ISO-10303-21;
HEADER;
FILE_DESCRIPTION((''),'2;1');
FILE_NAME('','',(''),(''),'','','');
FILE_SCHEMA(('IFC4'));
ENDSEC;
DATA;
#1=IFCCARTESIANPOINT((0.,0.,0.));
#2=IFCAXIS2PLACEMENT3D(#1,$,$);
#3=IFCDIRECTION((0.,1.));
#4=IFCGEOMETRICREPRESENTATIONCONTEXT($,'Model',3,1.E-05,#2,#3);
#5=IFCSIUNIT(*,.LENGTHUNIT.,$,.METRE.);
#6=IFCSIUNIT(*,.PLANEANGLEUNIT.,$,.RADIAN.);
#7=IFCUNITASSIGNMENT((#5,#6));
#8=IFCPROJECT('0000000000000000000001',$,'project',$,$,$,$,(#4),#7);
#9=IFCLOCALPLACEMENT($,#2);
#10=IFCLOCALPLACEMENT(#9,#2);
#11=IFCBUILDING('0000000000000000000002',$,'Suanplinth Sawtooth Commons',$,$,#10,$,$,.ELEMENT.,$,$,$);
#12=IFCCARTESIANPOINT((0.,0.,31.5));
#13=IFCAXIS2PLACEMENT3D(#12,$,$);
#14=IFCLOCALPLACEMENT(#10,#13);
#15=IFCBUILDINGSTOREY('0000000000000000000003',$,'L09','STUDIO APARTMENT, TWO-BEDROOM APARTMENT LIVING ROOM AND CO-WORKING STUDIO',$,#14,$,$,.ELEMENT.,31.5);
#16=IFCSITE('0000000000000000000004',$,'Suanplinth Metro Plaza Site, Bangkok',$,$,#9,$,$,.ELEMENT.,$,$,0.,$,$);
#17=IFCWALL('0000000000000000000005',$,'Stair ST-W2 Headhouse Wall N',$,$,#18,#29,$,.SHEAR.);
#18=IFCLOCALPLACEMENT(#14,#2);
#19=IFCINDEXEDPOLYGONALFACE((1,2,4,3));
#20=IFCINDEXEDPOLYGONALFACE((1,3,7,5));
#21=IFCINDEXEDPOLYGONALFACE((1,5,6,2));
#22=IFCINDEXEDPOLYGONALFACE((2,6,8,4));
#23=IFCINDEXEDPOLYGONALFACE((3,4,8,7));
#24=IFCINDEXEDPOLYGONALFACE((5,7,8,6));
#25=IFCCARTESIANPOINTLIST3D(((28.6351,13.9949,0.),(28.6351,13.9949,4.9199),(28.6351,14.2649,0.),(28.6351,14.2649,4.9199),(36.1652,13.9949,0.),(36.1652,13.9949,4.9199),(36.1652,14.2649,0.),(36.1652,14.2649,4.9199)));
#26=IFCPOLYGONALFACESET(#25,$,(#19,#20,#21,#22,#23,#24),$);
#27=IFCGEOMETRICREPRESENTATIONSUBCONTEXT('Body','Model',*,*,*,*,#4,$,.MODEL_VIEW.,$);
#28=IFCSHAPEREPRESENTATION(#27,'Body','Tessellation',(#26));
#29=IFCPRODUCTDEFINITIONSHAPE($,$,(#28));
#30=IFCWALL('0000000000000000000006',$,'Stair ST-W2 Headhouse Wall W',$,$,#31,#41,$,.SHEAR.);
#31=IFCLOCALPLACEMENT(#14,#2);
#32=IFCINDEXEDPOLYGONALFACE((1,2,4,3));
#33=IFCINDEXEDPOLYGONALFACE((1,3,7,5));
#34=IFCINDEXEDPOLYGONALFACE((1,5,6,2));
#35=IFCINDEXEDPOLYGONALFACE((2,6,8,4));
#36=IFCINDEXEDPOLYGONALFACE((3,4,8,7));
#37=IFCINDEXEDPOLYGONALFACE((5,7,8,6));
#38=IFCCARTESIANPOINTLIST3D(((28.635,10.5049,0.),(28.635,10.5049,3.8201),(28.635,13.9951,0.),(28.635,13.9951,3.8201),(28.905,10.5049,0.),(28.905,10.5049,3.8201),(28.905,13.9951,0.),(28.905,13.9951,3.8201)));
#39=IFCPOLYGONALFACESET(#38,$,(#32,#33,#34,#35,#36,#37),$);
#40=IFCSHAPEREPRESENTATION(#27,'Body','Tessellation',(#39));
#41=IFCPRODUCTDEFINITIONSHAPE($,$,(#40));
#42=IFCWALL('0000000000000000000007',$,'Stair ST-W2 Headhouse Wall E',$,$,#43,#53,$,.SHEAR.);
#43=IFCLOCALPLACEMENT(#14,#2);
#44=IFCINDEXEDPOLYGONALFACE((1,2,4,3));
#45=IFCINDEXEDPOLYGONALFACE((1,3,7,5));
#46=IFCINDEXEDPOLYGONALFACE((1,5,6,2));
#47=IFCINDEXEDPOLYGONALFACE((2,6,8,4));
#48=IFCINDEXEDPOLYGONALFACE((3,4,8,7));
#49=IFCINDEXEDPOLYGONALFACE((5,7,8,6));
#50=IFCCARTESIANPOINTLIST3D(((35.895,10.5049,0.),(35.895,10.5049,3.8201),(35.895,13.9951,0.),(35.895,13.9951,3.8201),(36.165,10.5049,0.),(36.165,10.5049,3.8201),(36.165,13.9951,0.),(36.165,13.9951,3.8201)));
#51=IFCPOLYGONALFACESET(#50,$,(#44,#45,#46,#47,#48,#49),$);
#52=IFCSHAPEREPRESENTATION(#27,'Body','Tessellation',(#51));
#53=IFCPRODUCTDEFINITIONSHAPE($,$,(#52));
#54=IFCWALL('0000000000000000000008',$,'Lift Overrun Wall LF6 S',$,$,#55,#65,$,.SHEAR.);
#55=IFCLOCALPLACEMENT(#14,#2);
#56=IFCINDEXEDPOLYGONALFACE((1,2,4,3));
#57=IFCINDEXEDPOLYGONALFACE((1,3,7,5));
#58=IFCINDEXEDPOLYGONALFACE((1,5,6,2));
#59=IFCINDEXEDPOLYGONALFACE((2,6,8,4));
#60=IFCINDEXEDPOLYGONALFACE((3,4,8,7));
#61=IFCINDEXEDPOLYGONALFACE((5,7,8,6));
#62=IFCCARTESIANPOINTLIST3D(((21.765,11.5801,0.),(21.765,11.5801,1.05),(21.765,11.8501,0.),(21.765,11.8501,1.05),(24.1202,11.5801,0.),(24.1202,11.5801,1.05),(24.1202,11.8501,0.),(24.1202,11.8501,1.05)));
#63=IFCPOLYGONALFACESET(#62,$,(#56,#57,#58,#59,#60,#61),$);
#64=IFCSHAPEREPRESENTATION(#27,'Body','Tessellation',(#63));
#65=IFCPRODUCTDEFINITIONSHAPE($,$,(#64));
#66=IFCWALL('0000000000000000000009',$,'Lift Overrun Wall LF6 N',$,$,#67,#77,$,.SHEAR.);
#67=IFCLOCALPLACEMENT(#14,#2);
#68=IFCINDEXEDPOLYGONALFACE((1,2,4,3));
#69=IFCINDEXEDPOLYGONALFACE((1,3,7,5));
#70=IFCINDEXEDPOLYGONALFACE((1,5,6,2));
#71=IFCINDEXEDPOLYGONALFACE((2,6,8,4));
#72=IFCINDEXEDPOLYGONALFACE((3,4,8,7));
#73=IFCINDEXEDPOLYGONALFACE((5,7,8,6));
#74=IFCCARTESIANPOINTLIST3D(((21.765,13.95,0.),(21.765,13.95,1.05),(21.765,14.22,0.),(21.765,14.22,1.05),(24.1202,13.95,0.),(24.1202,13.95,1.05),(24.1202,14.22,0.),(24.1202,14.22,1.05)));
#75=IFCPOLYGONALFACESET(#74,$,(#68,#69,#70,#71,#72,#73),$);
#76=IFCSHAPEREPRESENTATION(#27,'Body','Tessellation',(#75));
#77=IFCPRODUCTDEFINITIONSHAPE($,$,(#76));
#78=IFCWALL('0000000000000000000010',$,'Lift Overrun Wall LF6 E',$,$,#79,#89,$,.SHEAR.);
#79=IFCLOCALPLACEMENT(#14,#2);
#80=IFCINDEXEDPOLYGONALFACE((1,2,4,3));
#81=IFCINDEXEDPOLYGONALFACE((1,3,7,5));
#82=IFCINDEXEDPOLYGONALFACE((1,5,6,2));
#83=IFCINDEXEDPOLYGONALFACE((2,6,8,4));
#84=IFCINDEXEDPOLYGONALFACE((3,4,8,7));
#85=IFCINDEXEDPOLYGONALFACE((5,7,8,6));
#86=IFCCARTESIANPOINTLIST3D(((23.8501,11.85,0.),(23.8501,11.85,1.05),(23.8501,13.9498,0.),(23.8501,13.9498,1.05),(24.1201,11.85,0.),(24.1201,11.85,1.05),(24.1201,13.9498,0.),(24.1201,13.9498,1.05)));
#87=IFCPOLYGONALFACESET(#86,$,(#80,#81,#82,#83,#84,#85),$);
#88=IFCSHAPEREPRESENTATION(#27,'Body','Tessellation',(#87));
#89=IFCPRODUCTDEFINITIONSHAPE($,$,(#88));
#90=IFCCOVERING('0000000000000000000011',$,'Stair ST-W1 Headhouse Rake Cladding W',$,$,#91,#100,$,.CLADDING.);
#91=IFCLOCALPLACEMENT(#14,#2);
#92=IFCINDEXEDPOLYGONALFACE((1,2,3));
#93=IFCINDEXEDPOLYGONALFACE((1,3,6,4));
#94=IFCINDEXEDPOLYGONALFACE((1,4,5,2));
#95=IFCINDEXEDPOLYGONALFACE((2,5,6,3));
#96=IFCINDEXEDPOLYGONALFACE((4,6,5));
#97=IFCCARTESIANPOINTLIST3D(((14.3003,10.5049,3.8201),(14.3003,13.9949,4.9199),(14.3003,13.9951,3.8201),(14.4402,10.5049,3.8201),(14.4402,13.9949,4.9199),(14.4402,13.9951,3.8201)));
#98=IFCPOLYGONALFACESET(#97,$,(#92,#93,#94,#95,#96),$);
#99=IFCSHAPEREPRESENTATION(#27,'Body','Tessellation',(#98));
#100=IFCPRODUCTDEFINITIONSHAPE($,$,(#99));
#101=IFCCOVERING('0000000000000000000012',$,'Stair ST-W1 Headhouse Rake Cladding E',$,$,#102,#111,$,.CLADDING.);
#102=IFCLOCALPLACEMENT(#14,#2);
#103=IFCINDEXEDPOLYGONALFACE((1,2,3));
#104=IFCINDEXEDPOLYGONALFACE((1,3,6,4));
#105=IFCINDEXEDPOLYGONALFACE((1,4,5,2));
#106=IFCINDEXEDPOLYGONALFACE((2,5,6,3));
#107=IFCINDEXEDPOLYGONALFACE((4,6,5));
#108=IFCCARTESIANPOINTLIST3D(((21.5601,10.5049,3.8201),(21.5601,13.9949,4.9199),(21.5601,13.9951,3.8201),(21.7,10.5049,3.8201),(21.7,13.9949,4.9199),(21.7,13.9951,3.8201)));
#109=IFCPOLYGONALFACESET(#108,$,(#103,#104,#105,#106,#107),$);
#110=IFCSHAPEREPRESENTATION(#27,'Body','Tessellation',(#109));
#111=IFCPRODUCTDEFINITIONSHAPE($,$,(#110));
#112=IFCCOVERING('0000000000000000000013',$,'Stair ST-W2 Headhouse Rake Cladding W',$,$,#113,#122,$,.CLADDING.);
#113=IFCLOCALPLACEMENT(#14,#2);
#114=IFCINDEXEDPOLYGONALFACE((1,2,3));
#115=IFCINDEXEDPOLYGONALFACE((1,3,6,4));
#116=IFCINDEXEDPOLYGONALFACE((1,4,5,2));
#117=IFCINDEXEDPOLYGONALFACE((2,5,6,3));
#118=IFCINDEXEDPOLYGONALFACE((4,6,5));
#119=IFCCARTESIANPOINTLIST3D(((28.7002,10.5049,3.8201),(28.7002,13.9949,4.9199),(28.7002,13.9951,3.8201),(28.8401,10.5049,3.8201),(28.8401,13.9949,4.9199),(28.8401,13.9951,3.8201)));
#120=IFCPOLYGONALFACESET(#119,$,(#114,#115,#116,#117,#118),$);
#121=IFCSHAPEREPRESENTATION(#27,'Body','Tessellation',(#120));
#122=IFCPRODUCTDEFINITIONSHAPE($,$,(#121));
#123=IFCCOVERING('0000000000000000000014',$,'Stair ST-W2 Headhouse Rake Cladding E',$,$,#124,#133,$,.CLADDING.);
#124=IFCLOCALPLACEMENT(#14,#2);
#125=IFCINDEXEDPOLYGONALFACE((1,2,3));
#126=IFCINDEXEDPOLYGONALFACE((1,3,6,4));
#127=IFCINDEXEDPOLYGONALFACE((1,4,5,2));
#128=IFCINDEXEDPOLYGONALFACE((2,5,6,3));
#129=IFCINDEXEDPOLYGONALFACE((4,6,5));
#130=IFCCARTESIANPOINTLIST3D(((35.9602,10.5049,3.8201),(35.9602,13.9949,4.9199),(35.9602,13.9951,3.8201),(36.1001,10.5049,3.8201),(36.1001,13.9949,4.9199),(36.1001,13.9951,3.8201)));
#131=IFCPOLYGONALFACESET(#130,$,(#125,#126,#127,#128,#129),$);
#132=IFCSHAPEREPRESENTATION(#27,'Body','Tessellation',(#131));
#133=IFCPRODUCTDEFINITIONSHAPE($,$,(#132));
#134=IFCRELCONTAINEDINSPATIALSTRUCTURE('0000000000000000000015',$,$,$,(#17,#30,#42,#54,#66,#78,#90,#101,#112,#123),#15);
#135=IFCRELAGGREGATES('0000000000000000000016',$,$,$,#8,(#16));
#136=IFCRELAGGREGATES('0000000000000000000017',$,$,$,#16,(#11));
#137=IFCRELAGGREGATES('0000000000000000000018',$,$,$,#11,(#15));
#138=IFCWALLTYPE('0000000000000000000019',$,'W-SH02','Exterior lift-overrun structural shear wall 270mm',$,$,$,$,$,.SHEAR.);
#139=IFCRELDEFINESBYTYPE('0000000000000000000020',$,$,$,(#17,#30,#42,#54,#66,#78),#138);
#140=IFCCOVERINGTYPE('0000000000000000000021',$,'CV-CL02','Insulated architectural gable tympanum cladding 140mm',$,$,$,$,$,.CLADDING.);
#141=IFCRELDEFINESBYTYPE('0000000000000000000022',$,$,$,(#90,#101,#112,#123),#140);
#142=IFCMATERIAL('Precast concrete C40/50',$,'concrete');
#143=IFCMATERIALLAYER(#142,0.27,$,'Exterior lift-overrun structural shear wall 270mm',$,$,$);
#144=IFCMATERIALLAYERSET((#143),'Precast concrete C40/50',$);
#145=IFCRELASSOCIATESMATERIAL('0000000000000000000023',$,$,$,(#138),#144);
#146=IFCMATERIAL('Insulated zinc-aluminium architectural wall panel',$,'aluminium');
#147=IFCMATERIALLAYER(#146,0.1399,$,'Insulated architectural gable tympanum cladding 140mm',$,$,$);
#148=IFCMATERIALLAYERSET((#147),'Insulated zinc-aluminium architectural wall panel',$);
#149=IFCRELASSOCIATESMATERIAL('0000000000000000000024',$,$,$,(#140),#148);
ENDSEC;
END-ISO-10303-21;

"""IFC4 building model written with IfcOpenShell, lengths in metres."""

from ifc_helpers import new_model, si_unit, direction, frame, frame_2d, origin, place, context, subcontext, project, spatial, polyline, rectangle, outline, extrude, material, layer, layer_set, type_object, element, save


model = new_model("IFC4")

# Units and contexts
model_context = context("Model", 3, precision=1e-05, world=origin(), true_north=direction((0.0, 1.0)))
body_context = subcontext(model_context, "Body", "Model", "MODEL_VIEW")
ifc_project = project(units=[si_unit("LENGTHUNIT", "METRE"), si_unit("PLANEANGLEUNIT", "RADIAN")], contexts=[model_context])

# Site, building, storey
site_placement = place(None, origin())
site = spatial("IfcSite", under=ifc_project, at=site_placement, Name="Suanplinth Metro Plaza Site, Bangkok", CompositionType="ELEMENT", RefElevation=0.0)
building_placement = place(site_placement, origin())
building = spatial("IfcBuilding", under=site, at=building_placement, Name="Suanplinth Sawtooth Commons", CompositionType="ELEMENT")
storey_placement = place(building_placement, frame((0.0, 0.0, 31.5)))
storey = spatial("IfcBuildingStorey", under=building, at=storey_placement, Name="L09", Description="STUDIO APARTMENT, TWO-BEDROOM APARTMENT LIVING ROOM AND CO-WORKING STUDIO", CompositionType="ELEMENT", Elevation=31.5)

# Shared definitions
ifc_material_1 = material(Name="Precast concrete C40/50", Category="concrete")

# Walls
ifc_layer_1 = layer(ifc_material_1, 0.27, Name="Exterior lift-overrun structural shear wall 270mm")
ifc_layer_set_1 = layer_set([ifc_layer_1], Name="Precast concrete C40/50")
wall_type = type_object("IfcWallType", Name="W-SH02", Description="Exterior lift-overrun structural shear wall 270mm", PredefinedType="SHEAR", material=ifc_layer_set_1)
wall_1_placement = place(storey_placement, frame((28.635, 14.1299, 0.0), z_axis=(0.0, 0.0, 1.0), x_axis=(1.0, 0.0, 0.0)))
element("IfcWall", 1, at=wall_1_placement, inside=storey, type_object=wall_type, Name="Stair ST-W2 Headhouse Wall N", PredefinedType="SHEAR", context=body_context, shape_type="SweptSolid", body=[
    extrude(rectangle(XDim=7.53, YDim=0.27, at=frame_2d((3.7651, 0.0))), origin(), (0.0, 0.0, 1.0), 4.9199),
])
for number, where, z_axis, x_axis, name in (
    (2, (28.77, 10.5049, 0.0), (0.0, 0.0, 1.0), (0.0, 1.0, 0.0), "Stair ST-W2 Headhouse Wall W"),
    (3, (36.03, 10.5049, 0.0), (0.0, 0.0, 1.0), (0.0, 1.0, 0.0), "Stair ST-W2 Headhouse Wall E"),
):
    element("IfcWall", number, at=place(storey_placement, frame(where, z_axis=z_axis, x_axis=x_axis)), inside=storey, type_object=wall_type, Name=name, PredefinedType="SHEAR", context=body_context, shape_type="SweptSolid", body=[
        extrude(rectangle(XDim=3.4902, YDim=0.27, at=frame_2d((1.7451, 0.0))), origin(), (0.0, 0.0, 1.0), 3.8201),
    ])
for number, where, z_axis, x_axis, name in (
    (4, (21.7649, 11.7151, 0.0), (0.0, 0.0, 1.0), (1.0, 0.0, 0.0), "Lift Overrun Wall LF6 S"),
    (5, (21.7649, 14.085, 0.0), (0.0, 0.0, 1.0), (1.0, 0.0, 0.0), "Lift Overrun Wall LF6 N"),
):
    element("IfcWall", number, at=place(storey_placement, frame(where, z_axis=z_axis, x_axis=x_axis)), inside=storey, type_object=wall_type, Name=name, PredefinedType="SHEAR", context=body_context, shape_type="SweptSolid", body=[
        extrude(rectangle(XDim=2.3552, YDim=0.27, at=frame_2d((1.1777, 0.0))), origin(), (0.0, 0.0, 1.0), 1.05),
    ])
wall_2_placement = place(storey_placement, frame((23.9851, 11.8501, 0.0), z_axis=(0.0, 0.0, 1.0), x_axis=(0.0, 1.0, 0.0)))
element("IfcWall", 6, at=wall_2_placement, inside=storey, type_object=wall_type, Name="Lift Overrun Wall LF6 E", PredefinedType="SHEAR", context=body_context, shape_type="SweptSolid", body=[
    extrude(rectangle(XDim=2.0999, YDim=0.27, at=frame_2d((1.0498, 0.0))), origin(), (0.0, 0.0, 1.0), 1.05),
])

# Coverings
ifc_material_2 = material(Name="Insulated zinc-aluminium architectural wall panel", Category="aluminium")
ifc_layer_2 = layer(ifc_material_2, 0.1399, Name="Insulated architectural gable tympanum cladding 140mm")
ifc_layer_set_2 = layer_set([ifc_layer_2], Name="Insulated zinc-aluminium architectural wall panel")
covering_type = type_object("IfcCoveringType", Name="CV-CL02", Description="Insulated architectural gable tympanum cladding 140mm", PredefinedType="CLADDING", material=ifc_layer_set_2)
for number, where, z_axis, x_axis, name in (
    (7, (14.3701, 10.5049, 3.8201), (0.0, 0.0, 1.0), (0.0, 1.0, 0.0), "Stair ST-W1 Headhouse Rake Cladding W"),
    (8, (21.6299, 10.5049, 3.8201), (0.0, 0.0, 1.0), (0.0, 1.0, 0.0), "Stair ST-W1 Headhouse Rake Cladding E"),
    (9, (28.77, 10.5049, 3.8201), (0.0, 0.0, 1.0), (0.0, 1.0, 0.0), "Stair ST-W2 Headhouse Rake Cladding W"),
    (10, (36.03, 10.5049, 3.8201), (0.0, 0.0, 1.0), (0.0, 1.0, 0.0), "Stair ST-W2 Headhouse Rake Cladding E"),
):
    element("IfcCovering", number, at=place(storey_placement, frame(where, z_axis=z_axis, x_axis=x_axis)), inside=storey, type_object=covering_type, Name=name, PredefinedType="CLADDING", context=body_context, shape_type="SweptSolid", body=[
        extrude(outline(polyline([(0.0, 0.0), (3.4902, 0.0), (3.49, 1.0999), (0.0, 0.0), (0.0, 0.0)])), frame((0.0, 0.0698, 0.0), z_axis=(0.0, -1.0, 0.0), x_axis=(1.0, 0.0, 0.0)), (0.0, 0.0, 1.0), 0.1399),
    ])

save(model, "model.ifc")
